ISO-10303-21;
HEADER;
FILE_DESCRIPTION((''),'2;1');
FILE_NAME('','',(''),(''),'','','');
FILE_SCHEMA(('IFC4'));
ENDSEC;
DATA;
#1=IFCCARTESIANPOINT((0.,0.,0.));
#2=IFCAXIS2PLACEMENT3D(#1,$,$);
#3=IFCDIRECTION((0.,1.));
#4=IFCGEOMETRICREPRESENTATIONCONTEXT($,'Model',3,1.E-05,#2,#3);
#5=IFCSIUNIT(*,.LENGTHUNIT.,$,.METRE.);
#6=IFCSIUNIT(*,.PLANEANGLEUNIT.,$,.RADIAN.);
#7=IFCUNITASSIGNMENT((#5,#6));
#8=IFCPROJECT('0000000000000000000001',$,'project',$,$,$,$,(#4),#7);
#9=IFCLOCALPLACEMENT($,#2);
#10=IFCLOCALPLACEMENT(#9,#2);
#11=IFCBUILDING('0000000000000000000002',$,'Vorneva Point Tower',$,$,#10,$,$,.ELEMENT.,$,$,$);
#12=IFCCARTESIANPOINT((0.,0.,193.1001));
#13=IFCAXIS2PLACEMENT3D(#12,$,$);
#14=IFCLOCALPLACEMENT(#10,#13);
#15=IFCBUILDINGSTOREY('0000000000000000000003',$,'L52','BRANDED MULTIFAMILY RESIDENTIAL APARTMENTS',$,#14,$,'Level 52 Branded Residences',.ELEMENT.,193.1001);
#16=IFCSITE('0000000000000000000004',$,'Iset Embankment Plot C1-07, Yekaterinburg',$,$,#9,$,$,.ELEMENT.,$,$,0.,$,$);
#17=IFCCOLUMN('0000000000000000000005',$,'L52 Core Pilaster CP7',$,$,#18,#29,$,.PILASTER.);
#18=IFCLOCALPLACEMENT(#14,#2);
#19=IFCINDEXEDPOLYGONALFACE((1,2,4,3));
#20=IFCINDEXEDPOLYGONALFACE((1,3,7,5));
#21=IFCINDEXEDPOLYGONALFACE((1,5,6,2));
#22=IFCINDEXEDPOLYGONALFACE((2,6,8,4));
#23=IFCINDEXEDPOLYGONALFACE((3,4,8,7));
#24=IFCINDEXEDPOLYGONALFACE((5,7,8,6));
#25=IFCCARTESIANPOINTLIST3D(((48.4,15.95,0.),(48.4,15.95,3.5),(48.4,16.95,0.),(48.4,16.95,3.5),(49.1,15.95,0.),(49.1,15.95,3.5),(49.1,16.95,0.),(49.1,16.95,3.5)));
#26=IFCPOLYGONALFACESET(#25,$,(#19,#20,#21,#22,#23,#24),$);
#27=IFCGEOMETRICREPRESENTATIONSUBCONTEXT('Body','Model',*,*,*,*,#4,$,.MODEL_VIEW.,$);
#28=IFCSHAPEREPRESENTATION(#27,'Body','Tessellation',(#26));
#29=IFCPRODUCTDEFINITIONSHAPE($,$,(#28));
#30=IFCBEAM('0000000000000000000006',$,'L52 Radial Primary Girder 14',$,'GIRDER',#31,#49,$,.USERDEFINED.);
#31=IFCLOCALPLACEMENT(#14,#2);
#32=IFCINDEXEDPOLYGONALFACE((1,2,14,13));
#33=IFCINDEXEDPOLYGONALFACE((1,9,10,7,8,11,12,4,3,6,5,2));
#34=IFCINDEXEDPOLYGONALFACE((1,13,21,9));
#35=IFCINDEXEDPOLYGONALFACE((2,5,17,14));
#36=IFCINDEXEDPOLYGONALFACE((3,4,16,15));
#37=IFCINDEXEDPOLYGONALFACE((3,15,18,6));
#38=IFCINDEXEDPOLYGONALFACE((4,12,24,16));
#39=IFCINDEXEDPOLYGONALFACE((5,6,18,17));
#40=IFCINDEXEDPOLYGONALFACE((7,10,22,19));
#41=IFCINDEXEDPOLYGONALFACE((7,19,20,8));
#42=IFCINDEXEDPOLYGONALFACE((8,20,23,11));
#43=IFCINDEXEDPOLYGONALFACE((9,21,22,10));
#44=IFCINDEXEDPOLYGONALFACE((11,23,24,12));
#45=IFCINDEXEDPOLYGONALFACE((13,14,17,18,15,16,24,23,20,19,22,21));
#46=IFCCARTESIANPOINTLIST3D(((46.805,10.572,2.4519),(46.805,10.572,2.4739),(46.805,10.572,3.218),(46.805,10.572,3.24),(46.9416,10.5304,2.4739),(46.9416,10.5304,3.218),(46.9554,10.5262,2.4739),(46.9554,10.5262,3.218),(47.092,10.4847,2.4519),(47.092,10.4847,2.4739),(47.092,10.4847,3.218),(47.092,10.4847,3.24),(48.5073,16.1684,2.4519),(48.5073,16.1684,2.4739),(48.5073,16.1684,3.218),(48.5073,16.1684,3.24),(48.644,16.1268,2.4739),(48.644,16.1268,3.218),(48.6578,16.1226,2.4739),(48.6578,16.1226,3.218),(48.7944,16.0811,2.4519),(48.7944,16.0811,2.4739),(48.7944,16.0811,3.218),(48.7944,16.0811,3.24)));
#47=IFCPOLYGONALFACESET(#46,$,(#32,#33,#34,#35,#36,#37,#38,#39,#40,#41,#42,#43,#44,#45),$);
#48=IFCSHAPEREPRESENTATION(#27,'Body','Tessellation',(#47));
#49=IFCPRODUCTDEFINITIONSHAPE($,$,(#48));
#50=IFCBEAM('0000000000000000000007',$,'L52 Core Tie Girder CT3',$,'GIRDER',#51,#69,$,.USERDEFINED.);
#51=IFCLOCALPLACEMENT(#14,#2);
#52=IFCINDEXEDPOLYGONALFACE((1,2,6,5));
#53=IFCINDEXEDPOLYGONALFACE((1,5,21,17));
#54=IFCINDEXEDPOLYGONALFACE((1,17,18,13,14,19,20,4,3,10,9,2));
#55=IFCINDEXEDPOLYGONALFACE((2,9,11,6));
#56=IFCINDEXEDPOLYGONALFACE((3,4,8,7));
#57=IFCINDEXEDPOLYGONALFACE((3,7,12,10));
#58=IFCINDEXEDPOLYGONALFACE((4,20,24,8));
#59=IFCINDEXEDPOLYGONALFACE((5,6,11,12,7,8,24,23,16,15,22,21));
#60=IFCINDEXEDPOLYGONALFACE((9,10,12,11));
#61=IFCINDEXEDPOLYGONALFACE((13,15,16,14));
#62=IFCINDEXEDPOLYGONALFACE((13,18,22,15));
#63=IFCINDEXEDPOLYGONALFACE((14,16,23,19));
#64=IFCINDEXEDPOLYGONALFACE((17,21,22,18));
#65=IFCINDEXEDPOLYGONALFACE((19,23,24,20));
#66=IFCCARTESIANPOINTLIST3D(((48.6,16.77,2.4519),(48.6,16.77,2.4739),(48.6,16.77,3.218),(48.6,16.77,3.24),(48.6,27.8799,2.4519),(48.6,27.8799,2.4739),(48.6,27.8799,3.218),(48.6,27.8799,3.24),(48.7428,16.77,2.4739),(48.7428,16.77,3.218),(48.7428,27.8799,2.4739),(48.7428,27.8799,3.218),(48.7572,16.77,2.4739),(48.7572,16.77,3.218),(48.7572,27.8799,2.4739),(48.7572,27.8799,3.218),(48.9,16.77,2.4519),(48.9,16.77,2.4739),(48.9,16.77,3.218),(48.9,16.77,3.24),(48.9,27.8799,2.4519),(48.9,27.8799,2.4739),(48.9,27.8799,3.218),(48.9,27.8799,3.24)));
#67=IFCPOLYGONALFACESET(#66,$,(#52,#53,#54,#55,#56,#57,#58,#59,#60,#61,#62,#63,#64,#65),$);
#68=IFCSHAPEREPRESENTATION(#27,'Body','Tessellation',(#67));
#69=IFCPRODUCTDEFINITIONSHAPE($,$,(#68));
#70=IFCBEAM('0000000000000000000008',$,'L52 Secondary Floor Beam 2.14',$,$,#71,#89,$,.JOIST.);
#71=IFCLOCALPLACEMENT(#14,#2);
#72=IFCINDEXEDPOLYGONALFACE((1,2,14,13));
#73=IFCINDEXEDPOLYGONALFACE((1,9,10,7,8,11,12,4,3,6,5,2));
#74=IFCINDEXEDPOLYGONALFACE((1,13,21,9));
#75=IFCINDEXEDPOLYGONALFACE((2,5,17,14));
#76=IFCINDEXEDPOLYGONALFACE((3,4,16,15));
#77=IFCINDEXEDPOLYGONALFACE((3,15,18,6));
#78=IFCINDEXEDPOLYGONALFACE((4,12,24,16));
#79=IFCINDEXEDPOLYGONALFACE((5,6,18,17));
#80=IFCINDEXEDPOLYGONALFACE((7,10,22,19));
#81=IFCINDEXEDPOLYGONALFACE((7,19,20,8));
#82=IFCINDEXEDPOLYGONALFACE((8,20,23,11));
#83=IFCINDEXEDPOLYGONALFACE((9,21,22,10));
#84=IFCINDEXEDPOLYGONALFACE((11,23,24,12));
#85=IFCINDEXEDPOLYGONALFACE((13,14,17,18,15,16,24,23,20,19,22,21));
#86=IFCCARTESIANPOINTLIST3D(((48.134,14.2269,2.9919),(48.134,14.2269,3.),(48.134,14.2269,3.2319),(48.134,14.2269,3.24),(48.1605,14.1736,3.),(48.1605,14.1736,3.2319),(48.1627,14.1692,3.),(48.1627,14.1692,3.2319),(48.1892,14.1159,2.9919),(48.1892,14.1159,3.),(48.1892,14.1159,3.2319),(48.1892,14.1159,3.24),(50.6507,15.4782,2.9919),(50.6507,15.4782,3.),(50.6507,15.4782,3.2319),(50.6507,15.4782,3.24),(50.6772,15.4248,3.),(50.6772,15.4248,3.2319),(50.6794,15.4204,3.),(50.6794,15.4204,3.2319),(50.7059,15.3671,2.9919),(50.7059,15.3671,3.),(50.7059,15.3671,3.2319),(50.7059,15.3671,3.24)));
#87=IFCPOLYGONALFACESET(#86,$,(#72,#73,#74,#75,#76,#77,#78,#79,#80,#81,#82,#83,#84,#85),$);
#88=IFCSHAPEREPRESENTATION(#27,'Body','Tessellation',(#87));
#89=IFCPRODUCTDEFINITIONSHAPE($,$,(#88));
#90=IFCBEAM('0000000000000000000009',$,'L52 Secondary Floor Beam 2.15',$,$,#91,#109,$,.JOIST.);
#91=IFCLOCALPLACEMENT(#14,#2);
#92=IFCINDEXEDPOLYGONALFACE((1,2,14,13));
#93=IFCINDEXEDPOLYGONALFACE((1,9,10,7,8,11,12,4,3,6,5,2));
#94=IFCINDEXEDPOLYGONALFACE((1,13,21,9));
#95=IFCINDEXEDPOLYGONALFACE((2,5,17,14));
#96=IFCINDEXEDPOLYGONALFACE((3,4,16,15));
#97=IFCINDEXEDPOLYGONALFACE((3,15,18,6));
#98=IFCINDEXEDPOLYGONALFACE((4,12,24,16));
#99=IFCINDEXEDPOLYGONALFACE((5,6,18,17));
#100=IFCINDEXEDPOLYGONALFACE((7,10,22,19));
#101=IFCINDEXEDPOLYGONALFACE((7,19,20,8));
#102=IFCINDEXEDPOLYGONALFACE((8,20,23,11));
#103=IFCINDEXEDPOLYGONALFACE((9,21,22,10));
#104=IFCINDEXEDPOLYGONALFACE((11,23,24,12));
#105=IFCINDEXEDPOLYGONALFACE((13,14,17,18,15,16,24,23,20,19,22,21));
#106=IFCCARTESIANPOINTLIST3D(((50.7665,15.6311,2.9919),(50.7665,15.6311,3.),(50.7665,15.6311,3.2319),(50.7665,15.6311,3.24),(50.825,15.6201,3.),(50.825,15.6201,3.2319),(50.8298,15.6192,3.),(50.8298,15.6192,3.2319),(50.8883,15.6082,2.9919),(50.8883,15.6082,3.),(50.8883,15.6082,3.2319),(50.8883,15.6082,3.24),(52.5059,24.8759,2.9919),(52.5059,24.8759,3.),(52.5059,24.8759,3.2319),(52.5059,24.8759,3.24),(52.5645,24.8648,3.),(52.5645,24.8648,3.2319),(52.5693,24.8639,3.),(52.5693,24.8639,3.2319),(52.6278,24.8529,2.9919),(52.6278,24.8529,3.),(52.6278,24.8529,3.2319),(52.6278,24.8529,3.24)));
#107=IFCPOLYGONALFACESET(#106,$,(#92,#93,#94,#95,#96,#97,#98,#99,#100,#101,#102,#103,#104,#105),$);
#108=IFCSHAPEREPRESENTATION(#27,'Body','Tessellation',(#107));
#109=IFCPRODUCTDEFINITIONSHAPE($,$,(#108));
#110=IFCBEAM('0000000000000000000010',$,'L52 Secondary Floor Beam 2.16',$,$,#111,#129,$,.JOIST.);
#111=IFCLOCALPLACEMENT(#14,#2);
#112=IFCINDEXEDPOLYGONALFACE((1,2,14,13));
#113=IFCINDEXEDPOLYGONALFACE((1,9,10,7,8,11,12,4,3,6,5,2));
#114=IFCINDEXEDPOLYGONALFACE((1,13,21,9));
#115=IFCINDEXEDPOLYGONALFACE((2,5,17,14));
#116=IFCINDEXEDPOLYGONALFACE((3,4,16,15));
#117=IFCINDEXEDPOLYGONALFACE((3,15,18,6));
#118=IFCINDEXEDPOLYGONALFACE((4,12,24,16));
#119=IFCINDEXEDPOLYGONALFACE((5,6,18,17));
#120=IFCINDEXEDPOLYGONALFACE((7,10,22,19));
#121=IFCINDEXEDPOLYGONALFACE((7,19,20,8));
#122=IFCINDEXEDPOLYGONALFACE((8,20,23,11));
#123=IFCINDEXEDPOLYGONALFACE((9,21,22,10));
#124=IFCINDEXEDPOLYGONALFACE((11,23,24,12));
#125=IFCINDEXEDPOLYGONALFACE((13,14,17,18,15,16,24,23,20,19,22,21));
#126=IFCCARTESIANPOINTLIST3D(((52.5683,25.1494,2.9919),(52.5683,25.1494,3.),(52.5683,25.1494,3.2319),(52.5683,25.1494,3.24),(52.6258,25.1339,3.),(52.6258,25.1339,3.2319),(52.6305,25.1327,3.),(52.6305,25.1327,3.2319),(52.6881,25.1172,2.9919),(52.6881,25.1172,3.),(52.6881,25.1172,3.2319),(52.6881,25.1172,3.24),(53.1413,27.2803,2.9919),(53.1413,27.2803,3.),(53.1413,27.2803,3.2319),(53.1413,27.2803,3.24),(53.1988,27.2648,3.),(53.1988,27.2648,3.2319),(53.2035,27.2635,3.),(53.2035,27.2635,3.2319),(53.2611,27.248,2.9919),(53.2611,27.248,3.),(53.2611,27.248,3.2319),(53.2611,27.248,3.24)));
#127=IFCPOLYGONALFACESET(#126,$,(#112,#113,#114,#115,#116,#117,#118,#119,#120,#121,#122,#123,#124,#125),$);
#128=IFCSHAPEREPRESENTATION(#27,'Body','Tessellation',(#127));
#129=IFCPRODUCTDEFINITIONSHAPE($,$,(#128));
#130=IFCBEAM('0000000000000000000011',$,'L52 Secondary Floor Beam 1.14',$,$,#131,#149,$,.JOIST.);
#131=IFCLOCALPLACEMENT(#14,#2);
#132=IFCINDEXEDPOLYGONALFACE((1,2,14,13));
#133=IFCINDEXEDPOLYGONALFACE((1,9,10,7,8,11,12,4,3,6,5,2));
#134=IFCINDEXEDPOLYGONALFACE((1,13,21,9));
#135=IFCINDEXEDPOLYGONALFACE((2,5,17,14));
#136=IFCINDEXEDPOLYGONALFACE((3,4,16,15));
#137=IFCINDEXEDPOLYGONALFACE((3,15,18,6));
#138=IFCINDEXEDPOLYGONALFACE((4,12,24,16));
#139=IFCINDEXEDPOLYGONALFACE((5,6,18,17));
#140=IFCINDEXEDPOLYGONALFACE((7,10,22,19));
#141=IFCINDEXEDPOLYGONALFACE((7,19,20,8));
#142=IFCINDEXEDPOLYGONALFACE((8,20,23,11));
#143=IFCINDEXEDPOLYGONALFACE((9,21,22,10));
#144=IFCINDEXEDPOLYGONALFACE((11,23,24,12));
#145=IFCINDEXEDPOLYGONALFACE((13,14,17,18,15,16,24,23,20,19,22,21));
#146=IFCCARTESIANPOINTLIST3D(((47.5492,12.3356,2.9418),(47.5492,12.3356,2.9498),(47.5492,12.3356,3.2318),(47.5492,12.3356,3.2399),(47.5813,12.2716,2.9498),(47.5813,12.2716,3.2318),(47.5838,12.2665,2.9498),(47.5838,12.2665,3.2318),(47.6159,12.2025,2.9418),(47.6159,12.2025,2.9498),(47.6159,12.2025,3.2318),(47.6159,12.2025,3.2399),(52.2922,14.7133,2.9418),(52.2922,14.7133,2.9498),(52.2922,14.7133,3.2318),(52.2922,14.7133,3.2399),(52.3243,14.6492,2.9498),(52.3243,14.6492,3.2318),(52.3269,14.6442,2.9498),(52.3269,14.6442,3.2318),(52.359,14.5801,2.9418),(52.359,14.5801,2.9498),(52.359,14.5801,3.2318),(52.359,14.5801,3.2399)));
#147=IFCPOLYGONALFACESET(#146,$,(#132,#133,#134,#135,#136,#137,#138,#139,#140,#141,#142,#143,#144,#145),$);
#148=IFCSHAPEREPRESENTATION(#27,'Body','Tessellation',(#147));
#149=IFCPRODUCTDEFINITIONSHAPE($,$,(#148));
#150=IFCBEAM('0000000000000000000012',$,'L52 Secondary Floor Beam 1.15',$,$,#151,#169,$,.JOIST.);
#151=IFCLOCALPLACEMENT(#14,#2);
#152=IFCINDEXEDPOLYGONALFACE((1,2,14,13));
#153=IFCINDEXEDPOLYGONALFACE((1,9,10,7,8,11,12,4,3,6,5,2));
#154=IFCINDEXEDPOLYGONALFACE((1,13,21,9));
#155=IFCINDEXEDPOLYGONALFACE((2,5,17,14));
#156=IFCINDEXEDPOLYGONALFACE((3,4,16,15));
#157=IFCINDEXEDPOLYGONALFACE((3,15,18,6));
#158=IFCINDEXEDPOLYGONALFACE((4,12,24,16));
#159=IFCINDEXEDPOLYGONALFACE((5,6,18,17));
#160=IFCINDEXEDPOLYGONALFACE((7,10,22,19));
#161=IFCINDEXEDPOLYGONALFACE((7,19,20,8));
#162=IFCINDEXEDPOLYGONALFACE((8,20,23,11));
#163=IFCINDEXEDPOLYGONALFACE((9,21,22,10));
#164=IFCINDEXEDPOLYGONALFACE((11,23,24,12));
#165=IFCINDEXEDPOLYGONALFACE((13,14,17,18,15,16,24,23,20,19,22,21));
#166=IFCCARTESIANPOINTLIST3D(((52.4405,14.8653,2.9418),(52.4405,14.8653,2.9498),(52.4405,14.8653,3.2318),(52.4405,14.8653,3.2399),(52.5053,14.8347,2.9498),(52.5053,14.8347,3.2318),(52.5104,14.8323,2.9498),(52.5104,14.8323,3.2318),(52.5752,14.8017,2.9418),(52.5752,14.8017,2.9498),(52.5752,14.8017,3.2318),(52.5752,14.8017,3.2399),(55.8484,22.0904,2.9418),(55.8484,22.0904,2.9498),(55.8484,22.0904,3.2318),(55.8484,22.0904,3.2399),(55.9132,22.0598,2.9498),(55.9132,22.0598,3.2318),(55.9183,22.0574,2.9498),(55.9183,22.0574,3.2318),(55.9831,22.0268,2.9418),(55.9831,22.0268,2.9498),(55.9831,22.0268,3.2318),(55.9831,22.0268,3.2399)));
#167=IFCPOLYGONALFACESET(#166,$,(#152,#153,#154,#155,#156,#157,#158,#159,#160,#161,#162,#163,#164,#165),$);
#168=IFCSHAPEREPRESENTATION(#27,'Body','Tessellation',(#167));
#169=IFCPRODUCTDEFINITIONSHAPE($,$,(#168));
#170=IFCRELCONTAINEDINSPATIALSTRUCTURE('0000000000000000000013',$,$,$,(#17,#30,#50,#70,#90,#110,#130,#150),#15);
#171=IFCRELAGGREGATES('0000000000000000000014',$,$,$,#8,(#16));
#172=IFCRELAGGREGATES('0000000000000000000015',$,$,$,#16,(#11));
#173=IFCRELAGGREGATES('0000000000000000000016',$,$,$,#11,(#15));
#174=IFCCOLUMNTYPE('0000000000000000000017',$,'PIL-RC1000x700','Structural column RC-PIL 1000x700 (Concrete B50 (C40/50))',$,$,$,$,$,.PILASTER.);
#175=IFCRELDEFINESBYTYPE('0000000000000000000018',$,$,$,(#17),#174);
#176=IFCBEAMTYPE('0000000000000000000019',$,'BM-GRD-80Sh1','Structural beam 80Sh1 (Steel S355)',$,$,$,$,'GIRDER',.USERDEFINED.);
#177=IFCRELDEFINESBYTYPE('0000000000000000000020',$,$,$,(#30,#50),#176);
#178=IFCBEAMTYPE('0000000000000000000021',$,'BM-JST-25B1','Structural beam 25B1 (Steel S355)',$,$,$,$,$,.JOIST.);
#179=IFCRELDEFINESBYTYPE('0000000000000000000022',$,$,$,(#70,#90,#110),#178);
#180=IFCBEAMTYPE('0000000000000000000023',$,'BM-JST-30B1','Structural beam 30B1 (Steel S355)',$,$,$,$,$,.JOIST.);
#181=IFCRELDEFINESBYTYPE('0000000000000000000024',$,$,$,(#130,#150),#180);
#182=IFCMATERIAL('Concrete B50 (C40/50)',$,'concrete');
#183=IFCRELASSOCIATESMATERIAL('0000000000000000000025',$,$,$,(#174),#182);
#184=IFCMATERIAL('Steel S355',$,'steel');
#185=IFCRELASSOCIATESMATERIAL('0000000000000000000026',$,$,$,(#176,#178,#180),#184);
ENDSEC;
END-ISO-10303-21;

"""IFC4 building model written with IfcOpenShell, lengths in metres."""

from ifc_helpers import new_model, si_unit, direction, frame, origin, origin_2d, place, context, subcontext, project, spatial, rectangle, i_section, extrude, material, material_profile, profile_set, type_object, element, save


model = new_model("IFC4")

# Units and contexts
model_context = context("Model", 3, precision=1e-05, world=origin(), true_north=direction((0.0, 1.0)))
body_context = subcontext(model_context, "Body", "Model", "MODEL_VIEW")
ifc_project = project(units=[si_unit("LENGTHUNIT", "METRE"), si_unit("PLANEANGLEUNIT", "RADIAN")], contexts=[model_context])

# Site, building, storey
site_placement = place(None, origin())
site = spatial("IfcSite", under=ifc_project, at=site_placement, Name="Iset Embankment Plot C1-07, Yekaterinburg", CompositionType="ELEMENT", RefElevation=0.0)
building_placement = place(site_placement, origin())
building = spatial("IfcBuilding", under=site, at=building_placement, Name="Vorneva Point Tower", CompositionType="ELEMENT")
storey_placement = place(building_placement, frame((0.0, 0.0, 193.1001)))
storey = spatial("IfcBuildingStorey", under=building, at=storey_placement, Name="L52", Description="BRANDED MULTIFAMILY RESIDENTIAL APARTMENTS", LongName="Level 52 Branded Residences", CompositionType="ELEMENT", Elevation=193.1001)

# Column
ifc_material_1 = material(Name="Concrete B50 (C40/50)", Category="concrete")
ifc_material_profile_1 = material_profile(ifc_material_1, rectangle(XDim=0.7, YDim=1.0, at=origin_2d()), Name="RC-PIL 1000x700")
ifc_profile_set_1 = profile_set([ifc_material_profile_1], Name="Concrete B50 (C40/50)")
column_type = type_object("IfcColumnType", Name="PIL-RC1000x700", Description="Structural column RC-PIL 1000x700 (Concrete B50 (C40/50))", PredefinedType="PILASTER", material=ifc_profile_set_1)
column_placement = place(storey_placement, frame((48.75, 16.45, 0.0), z_axis=(0.0, 0.0, 1.0), x_axis=(1.0, 0.0, 0.0)))
element("IfcColumn", 1, at=column_placement, inside=storey, type_object=column_type, Name="L52 Core Pilaster CP7", PredefinedType="PILASTER", context=body_context, shape_type="SweptSolid", body=[
    extrude(rectangle(XDim=0.7, YDim=1.0, at=origin_2d()), origin(), (0.0, 0.0, 1.0), 3.5),
])

# Beams
ifc_material_2 = material(Name="Steel S355", Category="steel")
ifc_material_profile_2 = material_profile(ifc_material_2, i_section(OverallWidth=0.3, OverallDepth=0.7881, WebThickness=0.0144, FlangeThickness=0.022, at=origin_2d()), Name="80Sh1")
ifc_profile_set_2 = profile_set([ifc_material_profile_2], Name="Steel S355")
beam_type_1 = type_object("IfcBeamType", Name="BM-GRD-80Sh1", Description="Structural beam 80Sh1 (Steel S355)", ElementType="GIRDER", PredefinedType="USERDEFINED", material=ifc_profile_set_2)
beam_1_placement = place(storey_placement, frame((46.9485, 10.5283, 2.8459), z_axis=(0.291025, 0.956715, 0.0), x_axis=(-0.956715, 0.291025, 0.0)))
element("IfcBeam", 2, at=beam_1_placement, inside=storey, type_object=beam_type_1, Name="L52 Radial Primary Girder 14", ObjectType="GIRDER", PredefinedType="USERDEFINED", context=body_context, shape_type="SweptSolid", body=[
    extrude(i_section(OverallWidth=0.3, OverallDepth=0.7881, WebThickness=0.0144, FlangeThickness=0.022, at=origin_2d()), origin(), (0.0, 0.0, 1.0), 5.8496),
])
beam_2_placement = place(storey_placement, frame((48.75, 16.77, 2.8459), z_axis=(0.0, 1.0, 0.0), x_axis=(-1.0, 0.0, 0.0)))
element("IfcBeam", 3, at=beam_2_placement, inside=storey, type_object=beam_type_1, Name="L52 Core Tie Girder CT3", ObjectType="GIRDER", PredefinedType="USERDEFINED", context=body_context, shape_type="SweptSolid", body=[
    extrude(i_section(OverallWidth=0.3, OverallDepth=0.7881, WebThickness=0.0144, FlangeThickness=0.022, at=origin_2d()), origin(), (0.0, 0.0, 1.0), 11.1099),
])
ifc_material_profile_3 = material_profile(ifc_material_2, i_section(OverallWidth=0.124, OverallDepth=0.248, WebThickness=0.0049, FlangeThickness=0.0081, at=origin_2d()), Name="25B1")
ifc_profile_set_3 = profile_set([ifc_material_profile_3], Name="Steel S355")
beam_type_2 = type_object("IfcBeamType", Name="BM-JST-25B1", Description="Structural beam 25B1 (Steel S355)", PredefinedType="JOIST", material=ifc_profile_set_3)
beam_3_placement = place(storey_placement, frame((48.1616, 14.1714, 3.116), z_axis=(0.895433, 0.445197, 0.0), x_axis=(-0.445197, 0.895433, 0.0)))
element("IfcBeam", 4, at=beam_3_placement, inside=storey, type_object=beam_type_2, Name="L52 Secondary Floor Beam 2.14", PredefinedType="JOIST", context=body_context, shape_type="SweptSolid", body=[
    extrude(i_section(OverallWidth=0.124, OverallDepth=0.248, WebThickness=0.0049, FlangeThickness=0.0081, at=origin_2d()), origin(), (0.0, 0.0, 1.0), 2.8105),
])
beam_4_placement = place(storey_placement, frame((50.8274, 15.6196, 3.116), z_axis=(0.184914, 0.982755, 0.0), x_axis=(-0.982755, 0.184914, 0.0)))
element("IfcBeam", 5, at=beam_4_placement, inside=storey, type_object=beam_type_2, Name="L52 Secondary Floor Beam 2.15", PredefinedType="JOIST", context=body_context, shape_type="SweptSolid", body=[
    extrude(i_section(OverallWidth=0.124, OverallDepth=0.248, WebThickness=0.0049, FlangeThickness=0.0081, at=origin_2d()), origin(), (0.0, 0.0, 1.0), 9.407),
])
beam_5_placement = place(storey_placement, frame((52.6282, 25.1333, 3.116), z_axis=(0.25968, 0.965695, 0.0), x_axis=(-0.965695, 0.25968, 0.0)))
element("IfcBeam", 6, at=beam_5_placement, inside=storey, type_object=beam_type_2, Name="L52 Secondary Floor Beam 2.16", PredefinedType="JOIST", context=body_context, shape_type="SweptSolid", body=[
    extrude(i_section(OverallWidth=0.124, OverallDepth=0.248, WebThickness=0.0049, FlangeThickness=0.0081, at=origin_2d()), origin(), (0.0, 0.0, 1.0), 2.2065),
])
ifc_material_profile_4 = material_profile(ifc_material_2, i_section(OverallWidth=0.1489, OverallDepth=0.2981, WebThickness=0.0056, FlangeThickness=0.0081, at=origin_2d()), Name="30B1")
ifc_profile_set_4 = profile_set([ifc_material_profile_4], Name="Steel S355")
beam_type_3 = type_object("IfcBeamType", Name="BM-JST-30B1", Description="Structural beam 30B1 (Steel S355)", PredefinedType="JOIST", material=ifc_profile_set_4)
beam_6_placement = place(storey_placement, frame((47.5825, 12.269, 3.0908), z_axis=(0.893967, 0.448134, 0.0), x_axis=(-0.448134, 0.893967, 0.0)))
element("IfcBeam", 7, at=beam_6_placement, inside=storey, type_object=beam_type_3, Name="L52 Secondary Floor Beam 1.14", PredefinedType="JOIST", context=body_context, shape_type="SweptSolid", body=[
    extrude(i_section(OverallWidth=0.1489, OverallDepth=0.2981, WebThickness=0.0056, FlangeThickness=0.0081, at=origin_2d()), origin(), (0.0, 0.0, 1.0), 5.3057),
])
beam_7_placement = place(storey_placement, frame((52.5078, 14.8335, 3.0908), z_axis=(0.426608, 0.904437, 0.0), x_axis=(-0.904437, 0.426608, 0.0)))
element("IfcBeam", 8, at=beam_7_placement, inside=storey, type_object=beam_type_3, Name="L52 Secondary Floor Beam 1.15", PredefinedType="JOIST", context=body_context, shape_type="SweptSolid", body=[
    extrude(i_section(OverallWidth=0.1489, OverallDepth=0.2981, WebThickness=0.0056, FlangeThickness=0.0081, at=origin_2d()), origin(), (0.0, 0.0, 1.0), 7.9885),
])

save(model, "model.ifc")
